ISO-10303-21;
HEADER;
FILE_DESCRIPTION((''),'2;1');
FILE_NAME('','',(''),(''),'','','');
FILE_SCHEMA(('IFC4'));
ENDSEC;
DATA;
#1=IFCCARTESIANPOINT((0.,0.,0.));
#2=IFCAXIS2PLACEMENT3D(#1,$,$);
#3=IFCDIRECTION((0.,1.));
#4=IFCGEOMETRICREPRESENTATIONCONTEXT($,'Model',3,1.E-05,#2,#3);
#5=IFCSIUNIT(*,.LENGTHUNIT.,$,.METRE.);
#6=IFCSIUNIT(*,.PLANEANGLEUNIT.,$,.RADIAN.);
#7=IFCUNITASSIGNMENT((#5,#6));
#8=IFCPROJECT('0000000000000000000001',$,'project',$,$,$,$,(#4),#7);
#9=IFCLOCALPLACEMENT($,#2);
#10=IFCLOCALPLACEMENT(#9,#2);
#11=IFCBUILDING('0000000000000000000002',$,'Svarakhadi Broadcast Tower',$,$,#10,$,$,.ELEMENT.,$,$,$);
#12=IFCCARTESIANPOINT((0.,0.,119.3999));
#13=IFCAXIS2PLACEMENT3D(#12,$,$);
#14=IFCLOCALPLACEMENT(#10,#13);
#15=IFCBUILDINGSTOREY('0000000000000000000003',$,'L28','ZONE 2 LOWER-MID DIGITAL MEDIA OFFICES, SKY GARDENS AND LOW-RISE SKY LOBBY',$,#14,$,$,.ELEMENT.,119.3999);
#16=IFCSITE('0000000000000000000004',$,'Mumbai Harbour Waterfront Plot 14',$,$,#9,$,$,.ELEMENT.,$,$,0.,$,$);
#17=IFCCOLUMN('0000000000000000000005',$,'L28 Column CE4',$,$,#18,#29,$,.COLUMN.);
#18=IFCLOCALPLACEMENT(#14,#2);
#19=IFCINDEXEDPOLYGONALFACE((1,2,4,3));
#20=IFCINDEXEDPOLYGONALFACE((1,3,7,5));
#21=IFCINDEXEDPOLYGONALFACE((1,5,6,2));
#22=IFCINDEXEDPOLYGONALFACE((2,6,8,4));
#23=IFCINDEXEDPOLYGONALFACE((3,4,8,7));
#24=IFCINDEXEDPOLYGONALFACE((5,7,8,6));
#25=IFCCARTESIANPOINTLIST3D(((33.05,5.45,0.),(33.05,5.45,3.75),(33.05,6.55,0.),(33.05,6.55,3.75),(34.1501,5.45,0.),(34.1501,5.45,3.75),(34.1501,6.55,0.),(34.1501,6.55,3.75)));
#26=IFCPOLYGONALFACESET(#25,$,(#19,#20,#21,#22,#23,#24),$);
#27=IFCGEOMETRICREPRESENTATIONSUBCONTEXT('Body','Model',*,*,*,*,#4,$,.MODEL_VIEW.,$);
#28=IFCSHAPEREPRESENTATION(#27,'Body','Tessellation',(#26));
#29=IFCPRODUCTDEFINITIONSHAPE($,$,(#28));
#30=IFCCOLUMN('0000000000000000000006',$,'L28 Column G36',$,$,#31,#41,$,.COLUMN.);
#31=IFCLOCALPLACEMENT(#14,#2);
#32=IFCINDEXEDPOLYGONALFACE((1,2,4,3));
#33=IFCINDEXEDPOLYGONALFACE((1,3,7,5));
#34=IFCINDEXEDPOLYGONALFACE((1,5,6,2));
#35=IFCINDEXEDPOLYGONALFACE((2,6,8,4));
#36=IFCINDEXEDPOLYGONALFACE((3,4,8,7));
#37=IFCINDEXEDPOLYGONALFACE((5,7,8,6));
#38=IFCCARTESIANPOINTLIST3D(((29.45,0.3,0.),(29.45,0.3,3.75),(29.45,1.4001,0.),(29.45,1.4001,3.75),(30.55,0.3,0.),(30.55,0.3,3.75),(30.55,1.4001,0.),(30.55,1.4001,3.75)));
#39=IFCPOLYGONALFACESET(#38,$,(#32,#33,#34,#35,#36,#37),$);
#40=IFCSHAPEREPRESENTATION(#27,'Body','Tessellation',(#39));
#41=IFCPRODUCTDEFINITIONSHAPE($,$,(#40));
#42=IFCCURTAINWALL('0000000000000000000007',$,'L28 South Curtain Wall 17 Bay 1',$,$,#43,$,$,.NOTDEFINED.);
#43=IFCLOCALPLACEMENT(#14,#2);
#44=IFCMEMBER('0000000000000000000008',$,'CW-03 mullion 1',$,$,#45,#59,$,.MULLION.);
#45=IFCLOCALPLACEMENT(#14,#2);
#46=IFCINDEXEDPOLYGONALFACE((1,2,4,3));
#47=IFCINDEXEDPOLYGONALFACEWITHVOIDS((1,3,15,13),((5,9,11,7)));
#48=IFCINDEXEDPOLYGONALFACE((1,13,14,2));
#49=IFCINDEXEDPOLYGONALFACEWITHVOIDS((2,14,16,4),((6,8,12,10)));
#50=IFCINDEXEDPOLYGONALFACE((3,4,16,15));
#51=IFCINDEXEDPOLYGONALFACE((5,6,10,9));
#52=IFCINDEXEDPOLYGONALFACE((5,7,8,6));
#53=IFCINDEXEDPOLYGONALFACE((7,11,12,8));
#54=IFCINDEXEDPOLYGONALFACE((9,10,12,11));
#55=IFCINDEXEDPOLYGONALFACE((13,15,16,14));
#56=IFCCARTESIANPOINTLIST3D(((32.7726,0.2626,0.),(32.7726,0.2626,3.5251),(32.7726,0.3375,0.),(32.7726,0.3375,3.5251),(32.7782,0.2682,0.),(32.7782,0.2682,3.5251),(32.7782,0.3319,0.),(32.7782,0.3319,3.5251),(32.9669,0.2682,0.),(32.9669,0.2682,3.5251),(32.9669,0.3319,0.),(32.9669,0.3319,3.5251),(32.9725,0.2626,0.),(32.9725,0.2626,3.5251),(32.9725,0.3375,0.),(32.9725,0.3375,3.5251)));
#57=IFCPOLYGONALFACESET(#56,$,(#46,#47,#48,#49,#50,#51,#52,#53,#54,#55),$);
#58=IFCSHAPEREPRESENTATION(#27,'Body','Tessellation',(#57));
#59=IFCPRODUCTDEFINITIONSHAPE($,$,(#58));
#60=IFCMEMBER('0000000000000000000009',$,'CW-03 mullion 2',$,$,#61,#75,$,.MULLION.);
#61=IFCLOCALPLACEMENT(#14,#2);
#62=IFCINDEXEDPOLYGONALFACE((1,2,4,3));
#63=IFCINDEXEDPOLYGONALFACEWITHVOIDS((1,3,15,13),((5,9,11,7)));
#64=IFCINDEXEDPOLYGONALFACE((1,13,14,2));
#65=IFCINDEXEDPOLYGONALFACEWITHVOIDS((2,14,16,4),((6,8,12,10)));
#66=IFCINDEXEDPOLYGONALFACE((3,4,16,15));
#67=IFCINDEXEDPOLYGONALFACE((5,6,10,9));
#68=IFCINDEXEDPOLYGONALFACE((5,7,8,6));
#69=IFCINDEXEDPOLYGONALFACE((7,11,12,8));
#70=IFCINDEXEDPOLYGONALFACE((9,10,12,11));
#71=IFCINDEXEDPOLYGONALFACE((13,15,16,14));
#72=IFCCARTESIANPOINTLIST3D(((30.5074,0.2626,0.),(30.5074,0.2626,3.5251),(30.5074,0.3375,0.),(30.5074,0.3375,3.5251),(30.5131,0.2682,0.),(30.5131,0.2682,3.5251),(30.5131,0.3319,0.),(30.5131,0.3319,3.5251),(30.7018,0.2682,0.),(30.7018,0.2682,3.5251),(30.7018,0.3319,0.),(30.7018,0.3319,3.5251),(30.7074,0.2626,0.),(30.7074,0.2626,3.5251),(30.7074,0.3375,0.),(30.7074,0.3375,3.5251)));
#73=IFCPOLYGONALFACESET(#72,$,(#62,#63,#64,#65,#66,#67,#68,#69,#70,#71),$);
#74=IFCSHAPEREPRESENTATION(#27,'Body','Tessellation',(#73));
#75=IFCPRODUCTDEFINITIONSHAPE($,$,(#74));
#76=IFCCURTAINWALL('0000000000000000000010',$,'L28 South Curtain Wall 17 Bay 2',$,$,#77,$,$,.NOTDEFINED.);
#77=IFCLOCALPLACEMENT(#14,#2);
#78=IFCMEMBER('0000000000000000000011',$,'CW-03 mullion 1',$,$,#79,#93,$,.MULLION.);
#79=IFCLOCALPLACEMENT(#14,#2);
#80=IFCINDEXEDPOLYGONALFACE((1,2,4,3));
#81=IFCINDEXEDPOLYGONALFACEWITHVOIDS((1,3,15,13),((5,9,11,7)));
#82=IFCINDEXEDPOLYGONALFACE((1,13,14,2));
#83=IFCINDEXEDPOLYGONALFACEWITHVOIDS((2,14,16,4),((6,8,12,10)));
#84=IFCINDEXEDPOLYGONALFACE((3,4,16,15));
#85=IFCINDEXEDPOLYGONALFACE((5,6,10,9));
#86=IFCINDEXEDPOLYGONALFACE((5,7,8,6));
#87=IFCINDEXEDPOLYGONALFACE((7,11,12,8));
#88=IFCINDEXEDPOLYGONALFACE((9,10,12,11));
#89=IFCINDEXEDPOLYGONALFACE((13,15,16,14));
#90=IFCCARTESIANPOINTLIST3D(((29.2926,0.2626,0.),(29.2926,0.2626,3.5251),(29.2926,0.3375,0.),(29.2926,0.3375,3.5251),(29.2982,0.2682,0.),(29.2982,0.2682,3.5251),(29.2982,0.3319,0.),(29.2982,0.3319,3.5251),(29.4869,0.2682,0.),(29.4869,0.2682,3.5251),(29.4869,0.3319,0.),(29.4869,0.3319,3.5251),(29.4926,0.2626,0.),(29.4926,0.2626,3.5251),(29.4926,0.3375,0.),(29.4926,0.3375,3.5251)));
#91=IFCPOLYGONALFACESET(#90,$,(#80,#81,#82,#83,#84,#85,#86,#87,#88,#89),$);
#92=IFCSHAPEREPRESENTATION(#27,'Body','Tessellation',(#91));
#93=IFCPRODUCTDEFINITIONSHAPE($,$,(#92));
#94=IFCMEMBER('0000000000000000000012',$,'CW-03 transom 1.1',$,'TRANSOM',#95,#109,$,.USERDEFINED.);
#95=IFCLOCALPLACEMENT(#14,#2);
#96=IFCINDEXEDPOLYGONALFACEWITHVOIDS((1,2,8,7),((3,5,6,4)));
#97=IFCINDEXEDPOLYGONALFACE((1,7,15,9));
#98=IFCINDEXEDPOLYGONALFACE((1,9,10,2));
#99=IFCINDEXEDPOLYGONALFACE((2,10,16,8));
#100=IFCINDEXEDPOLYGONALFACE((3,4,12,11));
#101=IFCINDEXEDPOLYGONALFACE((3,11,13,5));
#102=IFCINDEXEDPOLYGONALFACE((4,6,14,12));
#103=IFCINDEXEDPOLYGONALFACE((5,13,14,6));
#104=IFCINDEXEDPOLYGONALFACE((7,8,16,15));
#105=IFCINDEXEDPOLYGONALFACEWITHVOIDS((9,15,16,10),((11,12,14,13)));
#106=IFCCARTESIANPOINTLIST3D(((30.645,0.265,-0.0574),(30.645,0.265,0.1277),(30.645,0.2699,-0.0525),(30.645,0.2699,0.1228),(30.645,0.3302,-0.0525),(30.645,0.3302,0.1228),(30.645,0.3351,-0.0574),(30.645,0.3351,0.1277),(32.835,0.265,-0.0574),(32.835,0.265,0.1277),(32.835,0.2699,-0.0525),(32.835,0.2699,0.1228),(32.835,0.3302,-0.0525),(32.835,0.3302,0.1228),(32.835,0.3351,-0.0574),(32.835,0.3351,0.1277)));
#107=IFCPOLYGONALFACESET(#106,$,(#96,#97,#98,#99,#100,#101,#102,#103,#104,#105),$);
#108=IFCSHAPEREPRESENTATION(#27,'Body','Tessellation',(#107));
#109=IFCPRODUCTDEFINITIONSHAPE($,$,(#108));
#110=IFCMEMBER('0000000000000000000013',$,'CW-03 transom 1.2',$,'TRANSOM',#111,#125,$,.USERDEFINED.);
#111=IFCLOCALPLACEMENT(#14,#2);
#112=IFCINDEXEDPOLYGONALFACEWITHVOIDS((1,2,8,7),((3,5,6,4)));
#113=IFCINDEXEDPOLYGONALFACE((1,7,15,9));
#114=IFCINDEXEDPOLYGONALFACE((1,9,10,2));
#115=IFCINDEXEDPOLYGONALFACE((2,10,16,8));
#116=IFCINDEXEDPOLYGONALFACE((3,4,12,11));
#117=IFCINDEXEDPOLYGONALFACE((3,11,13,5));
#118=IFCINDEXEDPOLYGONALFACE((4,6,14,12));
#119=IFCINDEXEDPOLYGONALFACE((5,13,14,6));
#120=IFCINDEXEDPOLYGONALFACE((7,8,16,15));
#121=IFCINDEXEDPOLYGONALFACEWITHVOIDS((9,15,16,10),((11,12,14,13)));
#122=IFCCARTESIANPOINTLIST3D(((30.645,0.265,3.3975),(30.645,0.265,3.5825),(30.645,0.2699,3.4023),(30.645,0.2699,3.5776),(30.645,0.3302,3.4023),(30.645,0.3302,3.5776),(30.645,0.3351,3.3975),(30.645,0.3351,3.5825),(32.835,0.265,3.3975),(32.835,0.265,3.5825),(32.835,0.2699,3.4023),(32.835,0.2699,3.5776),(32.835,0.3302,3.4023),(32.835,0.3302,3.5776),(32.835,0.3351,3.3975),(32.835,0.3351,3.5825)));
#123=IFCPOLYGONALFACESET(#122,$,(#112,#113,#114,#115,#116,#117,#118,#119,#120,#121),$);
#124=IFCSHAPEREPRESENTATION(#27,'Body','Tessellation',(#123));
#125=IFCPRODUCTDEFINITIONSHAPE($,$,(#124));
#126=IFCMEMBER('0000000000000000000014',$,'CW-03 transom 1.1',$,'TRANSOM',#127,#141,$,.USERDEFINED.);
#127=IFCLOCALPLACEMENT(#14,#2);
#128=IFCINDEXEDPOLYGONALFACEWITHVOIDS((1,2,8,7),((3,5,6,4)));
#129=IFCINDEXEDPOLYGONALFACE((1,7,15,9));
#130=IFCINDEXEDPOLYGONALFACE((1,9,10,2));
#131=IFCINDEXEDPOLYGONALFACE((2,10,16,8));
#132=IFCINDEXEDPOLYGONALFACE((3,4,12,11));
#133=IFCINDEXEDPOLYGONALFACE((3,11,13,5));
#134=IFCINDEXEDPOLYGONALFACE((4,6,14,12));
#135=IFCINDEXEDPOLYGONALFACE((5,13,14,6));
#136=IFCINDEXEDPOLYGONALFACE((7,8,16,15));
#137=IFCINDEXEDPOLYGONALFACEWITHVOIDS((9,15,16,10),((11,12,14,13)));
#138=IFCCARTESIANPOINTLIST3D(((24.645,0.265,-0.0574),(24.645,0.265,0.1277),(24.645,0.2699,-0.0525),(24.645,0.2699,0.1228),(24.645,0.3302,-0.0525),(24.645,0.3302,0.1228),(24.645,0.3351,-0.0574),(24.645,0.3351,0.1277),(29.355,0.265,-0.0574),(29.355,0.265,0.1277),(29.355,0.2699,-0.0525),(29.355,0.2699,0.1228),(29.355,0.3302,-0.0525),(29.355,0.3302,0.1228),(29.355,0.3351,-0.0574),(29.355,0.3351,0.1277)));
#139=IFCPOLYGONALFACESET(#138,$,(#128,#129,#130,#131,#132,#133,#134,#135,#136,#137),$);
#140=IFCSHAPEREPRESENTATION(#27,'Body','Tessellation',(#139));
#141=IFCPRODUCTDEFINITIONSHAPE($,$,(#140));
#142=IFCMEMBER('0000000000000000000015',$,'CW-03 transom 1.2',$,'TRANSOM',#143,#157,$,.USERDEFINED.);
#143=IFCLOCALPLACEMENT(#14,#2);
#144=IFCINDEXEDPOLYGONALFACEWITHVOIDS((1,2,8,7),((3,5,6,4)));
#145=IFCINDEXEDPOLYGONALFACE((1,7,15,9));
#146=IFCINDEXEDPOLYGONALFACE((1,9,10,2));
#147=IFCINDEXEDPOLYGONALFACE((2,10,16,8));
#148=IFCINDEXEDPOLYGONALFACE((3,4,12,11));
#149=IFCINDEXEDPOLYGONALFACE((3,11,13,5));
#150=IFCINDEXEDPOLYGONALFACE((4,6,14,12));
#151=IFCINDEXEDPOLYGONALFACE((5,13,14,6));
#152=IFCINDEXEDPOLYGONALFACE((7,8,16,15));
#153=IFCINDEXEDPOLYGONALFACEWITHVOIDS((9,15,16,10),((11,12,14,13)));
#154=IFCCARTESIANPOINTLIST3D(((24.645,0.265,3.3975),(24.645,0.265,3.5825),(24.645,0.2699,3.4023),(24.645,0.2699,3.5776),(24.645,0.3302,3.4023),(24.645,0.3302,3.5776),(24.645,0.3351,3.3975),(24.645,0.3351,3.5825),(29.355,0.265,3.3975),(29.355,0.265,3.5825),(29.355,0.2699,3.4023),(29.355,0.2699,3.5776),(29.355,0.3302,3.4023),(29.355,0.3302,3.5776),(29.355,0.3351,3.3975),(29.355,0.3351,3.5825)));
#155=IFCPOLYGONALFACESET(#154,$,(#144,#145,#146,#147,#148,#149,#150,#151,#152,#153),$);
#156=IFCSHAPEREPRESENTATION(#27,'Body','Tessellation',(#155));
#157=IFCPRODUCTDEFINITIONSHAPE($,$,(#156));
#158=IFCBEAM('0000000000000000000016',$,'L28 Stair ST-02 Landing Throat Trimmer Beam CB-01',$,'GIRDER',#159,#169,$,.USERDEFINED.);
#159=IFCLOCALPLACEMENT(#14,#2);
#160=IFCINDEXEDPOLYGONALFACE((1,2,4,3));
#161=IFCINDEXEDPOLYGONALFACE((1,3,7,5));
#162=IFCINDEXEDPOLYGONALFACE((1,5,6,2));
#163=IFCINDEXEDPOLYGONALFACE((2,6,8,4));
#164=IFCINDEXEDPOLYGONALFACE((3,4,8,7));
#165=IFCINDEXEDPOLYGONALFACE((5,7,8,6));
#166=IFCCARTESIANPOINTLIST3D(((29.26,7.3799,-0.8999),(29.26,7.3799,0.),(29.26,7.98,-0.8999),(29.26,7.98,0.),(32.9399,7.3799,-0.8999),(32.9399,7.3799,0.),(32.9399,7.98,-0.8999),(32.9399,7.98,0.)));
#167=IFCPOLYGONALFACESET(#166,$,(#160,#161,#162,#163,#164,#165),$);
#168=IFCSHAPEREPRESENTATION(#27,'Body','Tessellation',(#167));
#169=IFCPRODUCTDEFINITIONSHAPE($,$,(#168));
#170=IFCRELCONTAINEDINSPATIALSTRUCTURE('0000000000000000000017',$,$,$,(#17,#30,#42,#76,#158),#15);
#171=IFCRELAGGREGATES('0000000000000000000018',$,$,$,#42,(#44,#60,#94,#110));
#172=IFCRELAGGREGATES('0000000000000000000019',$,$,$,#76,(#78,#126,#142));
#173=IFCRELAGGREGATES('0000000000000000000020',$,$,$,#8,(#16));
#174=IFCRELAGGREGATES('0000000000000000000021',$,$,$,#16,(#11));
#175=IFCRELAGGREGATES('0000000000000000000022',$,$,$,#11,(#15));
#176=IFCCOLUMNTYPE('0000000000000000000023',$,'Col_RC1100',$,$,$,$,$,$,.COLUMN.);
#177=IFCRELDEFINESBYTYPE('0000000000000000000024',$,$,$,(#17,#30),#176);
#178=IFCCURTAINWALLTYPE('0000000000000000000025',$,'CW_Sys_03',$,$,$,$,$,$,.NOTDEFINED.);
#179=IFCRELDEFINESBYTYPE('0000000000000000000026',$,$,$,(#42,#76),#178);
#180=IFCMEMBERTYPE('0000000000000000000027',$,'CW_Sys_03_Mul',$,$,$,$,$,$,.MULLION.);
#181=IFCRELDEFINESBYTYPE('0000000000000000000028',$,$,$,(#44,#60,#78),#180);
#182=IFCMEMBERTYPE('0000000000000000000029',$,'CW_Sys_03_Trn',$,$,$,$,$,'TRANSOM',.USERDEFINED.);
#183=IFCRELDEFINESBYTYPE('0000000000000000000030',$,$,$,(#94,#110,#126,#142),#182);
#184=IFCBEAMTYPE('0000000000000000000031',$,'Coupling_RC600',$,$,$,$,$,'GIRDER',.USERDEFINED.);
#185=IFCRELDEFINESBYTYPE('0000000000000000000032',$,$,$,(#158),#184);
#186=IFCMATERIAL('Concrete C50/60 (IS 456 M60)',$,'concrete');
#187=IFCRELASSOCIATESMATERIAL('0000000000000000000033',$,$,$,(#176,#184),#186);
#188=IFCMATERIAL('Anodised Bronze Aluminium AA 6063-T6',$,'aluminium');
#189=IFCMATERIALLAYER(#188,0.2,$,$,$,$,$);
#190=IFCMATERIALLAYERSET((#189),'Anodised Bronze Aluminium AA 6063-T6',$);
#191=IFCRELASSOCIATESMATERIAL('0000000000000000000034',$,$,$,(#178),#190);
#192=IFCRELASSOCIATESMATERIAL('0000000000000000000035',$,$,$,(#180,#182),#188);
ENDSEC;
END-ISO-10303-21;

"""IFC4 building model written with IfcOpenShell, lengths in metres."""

from ifc_helpers import new_model, si_unit, direction, frame, origin, origin_2d, place, context, subcontext, project, spatial, rectangle, hollow_rectangle, extrude, material, layer, layer_set, material_profile, profile_set, type_object, element, aggregate, save


model = new_model("IFC4")

# Units and contexts
model_context = context("Model", 3, precision=1e-05, world=origin(), true_north=direction((0.0, 1.0)))
body_context = subcontext(model_context, "Body", "Model", "MODEL_VIEW")
ifc_project = project(units=[si_unit("LENGTHUNIT", "METRE"), si_unit("PLANEANGLEUNIT", "RADIAN")], contexts=[model_context])

# Site, building, storey
site_placement = place(None, origin())
site = spatial("IfcSite", under=ifc_project, at=site_placement, Name="Mumbai Harbour Waterfront Plot 14", CompositionType="ELEMENT", RefElevation=0.0)
building_placement = place(site_placement, origin())
building = spatial("IfcBuilding", under=site, at=building_placement, Name="Svarakhadi Broadcast Tower", CompositionType="ELEMENT")
storey_placement = place(building_placement, frame((0.0, 0.0, 119.3999)))
storey = spatial("IfcBuildingStorey", under=building, at=storey_placement, Name="L28", Description="ZONE 2 LOWER-MID DIGITAL MEDIA OFFICES, SKY GARDENS AND LOW-RISE SKY LOBBY", CompositionType="ELEMENT", Elevation=119.3999)

# Columns
ifc_material_1 = material(Name="Concrete C50/60 (IS 456 M60)", Category="concrete")
ifc_material_profile_1 = material_profile(ifc_material_1, rectangle(XDim=1.1001, YDim=1.1001, at=origin_2d()), Name="RC 1100x1100")
ifc_profile_set_1 = profile_set([ifc_material_profile_1], Name="Concrete C50/60 (IS 456 M60)")
column_type = type_object("IfcColumnType", Name="Col_RC1100", PredefinedType="COLUMN", material=ifc_profile_set_1)
for number, where, z_axis, x_axis, name in (
    (1, (33.6001, 6.0, 0.0), (0.0, 0.0, 1.0), (1.0, 0.0, 0.0), "L28 Column CE4"),
    (2, (30.0, 0.8501, 0.0), (0.0, 0.0, 1.0), (1.0, 0.0, 0.0), "L28 Column G36"),
):
    element("IfcColumn", number, at=place(storey_placement, frame(where, z_axis=z_axis, x_axis=x_axis)), inside=storey, type_object=column_type, Name=name, PredefinedType="COLUMN", context=body_context, shape_type="SweptSolid", body=[
        extrude(rectangle(XDim=1.1001, YDim=1.1001, at=origin_2d()), origin(), (0.0, 0.0, 1.0), 3.75),
    ])

# Curtain wall, members
ifc_material_2 = material(Name="Anodised Bronze Aluminium AA 6063-T6", Category="aluminium")
ifc_layer_1 = layer(ifc_material_2, 0.2)
ifc_layer_set_1 = layer_set([ifc_layer_1], Name="Anodised Bronze Aluminium AA 6063-T6")
curtain_wall_type = type_object("IfcCurtainWallType", Name="CW_Sys_03", PredefinedType="NOTDEFINED", material=ifc_layer_set_1)
curtain_wall_1_placement = place(storey_placement, origin())
curtain_wall_1 = element("IfcCurtainWall", 3, at=curtain_wall_1_placement, inside=storey, type_object=curtain_wall_type, Name="L28 South Curtain Wall 17 Bay 1", PredefinedType="NOTDEFINED")
ifc_material_profile_2 = material_profile(ifc_material_2, hollow_rectangle(XDim=0.075, YDim=0.2, WallThickness=0.0056, at=origin_2d()), Name="ALU MULLION 200x75x6")
ifc_profile_set_2 = profile_set([ifc_material_profile_2], Name="Anodised Bronze Aluminium AA 6063-T6")
member_type_1 = type_object("IfcMemberType", Name="CW_Sys_03_Mul", PredefinedType="MULLION", material=ifc_profile_set_2)
member_1_placement = place(storey_placement, frame((32.8726, 0.3, 0.0), z_axis=(0.0, 0.0, 1.0), x_axis=(0.0, -1.0, 0.0)))
member_1 = element("IfcMember", 4, at=member_1_placement, type_object=member_type_1, Name="CW-03 mullion 1", PredefinedType="MULLION", context=body_context, shape_type="SweptSolid", body=[
    extrude(hollow_rectangle(XDim=0.075, YDim=0.2, WallThickness=0.0056, at=origin_2d()), origin(), (0.0, 0.0, 1.0), 3.5251),
])
member_2_placement = place(storey_placement, frame((30.6074, 0.3, 0.0), z_axis=(0.0, 0.0, 1.0), x_axis=(0.0, -1.0, 0.0)))
member_2 = element("IfcMember", 5, at=member_2_placement, type_object=member_type_1, Name="CW-03 mullion 2", PredefinedType="MULLION", context=body_context, shape_type="SweptSolid", body=[
    extrude(hollow_rectangle(XDim=0.075, YDim=0.2, WallThickness=0.0056, at=origin_2d()), origin(), (0.0, 0.0, 1.0), 3.5251),
])

# Curtain wall, member
curtain_wall_2_placement = place(storey_placement, origin())
curtain_wall_2 = element("IfcCurtainWall", 6, at=curtain_wall_2_placement, inside=storey, type_object=curtain_wall_type, Name="L28 South Curtain Wall 17 Bay 2", PredefinedType="NOTDEFINED")
member_3_placement = place(storey_placement, frame((29.3926, 0.3, 0.0), z_axis=(0.0, 0.0, 1.0), x_axis=(0.0, -1.0, 0.0)))
member_3 = element("IfcMember", 7, at=member_3_placement, type_object=member_type_1, Name="CW-03 mullion 1", PredefinedType="MULLION", context=body_context, shape_type="SweptSolid", body=[
    extrude(hollow_rectangle(XDim=0.075, YDim=0.2, WallThickness=0.0056, at=origin_2d()), origin(), (0.0, 0.0, 1.0), 3.5251),
])

# Members
ifc_material_profile_3 = material_profile(ifc_material_2, hollow_rectangle(XDim=0.0701, YDim=0.1851, WallThickness=0.0049, at=origin_2d()), Name="ALU TRANSOM 185x70x5")
ifc_profile_set_3 = profile_set([ifc_material_profile_3], Name="Anodised Bronze Aluminium AA 6063-T6")
member_type_2 = type_object("IfcMemberType", Name="CW_Sys_03_Trn", ElementType="TRANSOM", PredefinedType="USERDEFINED", material=ifc_profile_set_3)
member_4_placement = place(storey_placement, frame((32.835, 0.3, 0.0352), z_axis=(-1.0, 0.0, 0.0), x_axis=(0.0, -1.0, 0.0)))
member_4 = element("IfcMember", 8, at=member_4_placement, type_object=member_type_2, Name="CW-03 transom 1.1", ObjectType="TRANSOM", PredefinedType="USERDEFINED", context=body_context, shape_type="SweptSolid", body=[
    extrude(hollow_rectangle(XDim=0.0701, YDim=0.1851, WallThickness=0.0049, at=origin_2d()), origin(), (0.0, 0.0, 1.0), 2.1899),
])
member_5_placement = place(storey_placement, frame((32.835, 0.3, 3.49), z_axis=(-1.0, 0.0, 0.0), x_axis=(0.0, -1.0, 0.0)))
member_5 = element("IfcMember", 9, at=member_5_placement, type_object=member_type_2, Name="CW-03 transom 1.2", ObjectType="TRANSOM", PredefinedType="USERDEFINED", context=body_context, shape_type="SweptSolid", body=[
    extrude(hollow_rectangle(XDim=0.0701, YDim=0.1851, WallThickness=0.0049, at=origin_2d()), origin(), (0.0, 0.0, 1.0), 2.1899),
])
member_6_placement = place(storey_placement, frame((29.355, 0.3, 0.0352), z_axis=(-1.0, 0.0, 0.0), x_axis=(0.0, -1.0, 0.0)))
member_6 = element("IfcMember", 10, at=member_6_placement, type_object=member_type_2, Name="CW-03 transom 1.1", ObjectType="TRANSOM", PredefinedType="USERDEFINED", context=body_context, shape_type="SweptSolid", body=[
    extrude(hollow_rectangle(XDim=0.0701, YDim=0.1851, WallThickness=0.0049, at=origin_2d()), origin(), (0.0, 0.0, 1.0), 4.71),
])
member_7_placement = place(storey_placement, frame((29.355, 0.3, 3.49), z_axis=(-1.0, 0.0, 0.0), x_axis=(0.0, -1.0, 0.0)))
member_7 = element("IfcMember", 11, at=member_7_placement, type_object=member_type_2, Name="CW-03 transom 1.2", ObjectType="TRANSOM", PredefinedType="USERDEFINED", context=body_context, shape_type="SweptSolid", body=[
    extrude(hollow_rectangle(XDim=0.0701, YDim=0.1851, WallThickness=0.0049, at=origin_2d()), origin(), (0.0, 0.0, 1.0), 4.71),
])

# Beam
ifc_material_profile_4 = material_profile(ifc_material_1, rectangle(XDim=0.6001, YDim=0.8999, at=origin_2d()), Name="RC 600x900")
ifc_profile_set_4 = profile_set([ifc_material_profile_4], Name="Concrete C50/60 (IS 456 M60)")
beam_type_1 = type_object("IfcBeamType", Name="Coupling_RC600", ElementType="GIRDER", PredefinedType="USERDEFINED", material=ifc_profile_set_4)
beam_1_placement = place(storey_placement, frame((29.26, 7.6799, -0.45), z_axis=(1.0, 0.0, 0.0), x_axis=(0.0, 1.0, 0.0)))
element("IfcBeam", 12, at=beam_1_placement, inside=storey, type_object=beam_type_1, Name="L28 Stair ST-02 Landing Throat Trimmer Beam CB-01", ObjectType="GIRDER", PredefinedType="USERDEFINED", context=body_context, shape_type="SweptSolid", body=[
    extrude(rectangle(XDim=0.6001, YDim=0.8999, at=origin_2d()), origin(), (0.0, 0.0, 1.0), 3.6799),
])

aggregate(curtain_wall_1, [member_1, member_2, member_4, member_5])
aggregate(curtain_wall_2, [member_3, member_6, member_7])

save(model, "model.ifc")
